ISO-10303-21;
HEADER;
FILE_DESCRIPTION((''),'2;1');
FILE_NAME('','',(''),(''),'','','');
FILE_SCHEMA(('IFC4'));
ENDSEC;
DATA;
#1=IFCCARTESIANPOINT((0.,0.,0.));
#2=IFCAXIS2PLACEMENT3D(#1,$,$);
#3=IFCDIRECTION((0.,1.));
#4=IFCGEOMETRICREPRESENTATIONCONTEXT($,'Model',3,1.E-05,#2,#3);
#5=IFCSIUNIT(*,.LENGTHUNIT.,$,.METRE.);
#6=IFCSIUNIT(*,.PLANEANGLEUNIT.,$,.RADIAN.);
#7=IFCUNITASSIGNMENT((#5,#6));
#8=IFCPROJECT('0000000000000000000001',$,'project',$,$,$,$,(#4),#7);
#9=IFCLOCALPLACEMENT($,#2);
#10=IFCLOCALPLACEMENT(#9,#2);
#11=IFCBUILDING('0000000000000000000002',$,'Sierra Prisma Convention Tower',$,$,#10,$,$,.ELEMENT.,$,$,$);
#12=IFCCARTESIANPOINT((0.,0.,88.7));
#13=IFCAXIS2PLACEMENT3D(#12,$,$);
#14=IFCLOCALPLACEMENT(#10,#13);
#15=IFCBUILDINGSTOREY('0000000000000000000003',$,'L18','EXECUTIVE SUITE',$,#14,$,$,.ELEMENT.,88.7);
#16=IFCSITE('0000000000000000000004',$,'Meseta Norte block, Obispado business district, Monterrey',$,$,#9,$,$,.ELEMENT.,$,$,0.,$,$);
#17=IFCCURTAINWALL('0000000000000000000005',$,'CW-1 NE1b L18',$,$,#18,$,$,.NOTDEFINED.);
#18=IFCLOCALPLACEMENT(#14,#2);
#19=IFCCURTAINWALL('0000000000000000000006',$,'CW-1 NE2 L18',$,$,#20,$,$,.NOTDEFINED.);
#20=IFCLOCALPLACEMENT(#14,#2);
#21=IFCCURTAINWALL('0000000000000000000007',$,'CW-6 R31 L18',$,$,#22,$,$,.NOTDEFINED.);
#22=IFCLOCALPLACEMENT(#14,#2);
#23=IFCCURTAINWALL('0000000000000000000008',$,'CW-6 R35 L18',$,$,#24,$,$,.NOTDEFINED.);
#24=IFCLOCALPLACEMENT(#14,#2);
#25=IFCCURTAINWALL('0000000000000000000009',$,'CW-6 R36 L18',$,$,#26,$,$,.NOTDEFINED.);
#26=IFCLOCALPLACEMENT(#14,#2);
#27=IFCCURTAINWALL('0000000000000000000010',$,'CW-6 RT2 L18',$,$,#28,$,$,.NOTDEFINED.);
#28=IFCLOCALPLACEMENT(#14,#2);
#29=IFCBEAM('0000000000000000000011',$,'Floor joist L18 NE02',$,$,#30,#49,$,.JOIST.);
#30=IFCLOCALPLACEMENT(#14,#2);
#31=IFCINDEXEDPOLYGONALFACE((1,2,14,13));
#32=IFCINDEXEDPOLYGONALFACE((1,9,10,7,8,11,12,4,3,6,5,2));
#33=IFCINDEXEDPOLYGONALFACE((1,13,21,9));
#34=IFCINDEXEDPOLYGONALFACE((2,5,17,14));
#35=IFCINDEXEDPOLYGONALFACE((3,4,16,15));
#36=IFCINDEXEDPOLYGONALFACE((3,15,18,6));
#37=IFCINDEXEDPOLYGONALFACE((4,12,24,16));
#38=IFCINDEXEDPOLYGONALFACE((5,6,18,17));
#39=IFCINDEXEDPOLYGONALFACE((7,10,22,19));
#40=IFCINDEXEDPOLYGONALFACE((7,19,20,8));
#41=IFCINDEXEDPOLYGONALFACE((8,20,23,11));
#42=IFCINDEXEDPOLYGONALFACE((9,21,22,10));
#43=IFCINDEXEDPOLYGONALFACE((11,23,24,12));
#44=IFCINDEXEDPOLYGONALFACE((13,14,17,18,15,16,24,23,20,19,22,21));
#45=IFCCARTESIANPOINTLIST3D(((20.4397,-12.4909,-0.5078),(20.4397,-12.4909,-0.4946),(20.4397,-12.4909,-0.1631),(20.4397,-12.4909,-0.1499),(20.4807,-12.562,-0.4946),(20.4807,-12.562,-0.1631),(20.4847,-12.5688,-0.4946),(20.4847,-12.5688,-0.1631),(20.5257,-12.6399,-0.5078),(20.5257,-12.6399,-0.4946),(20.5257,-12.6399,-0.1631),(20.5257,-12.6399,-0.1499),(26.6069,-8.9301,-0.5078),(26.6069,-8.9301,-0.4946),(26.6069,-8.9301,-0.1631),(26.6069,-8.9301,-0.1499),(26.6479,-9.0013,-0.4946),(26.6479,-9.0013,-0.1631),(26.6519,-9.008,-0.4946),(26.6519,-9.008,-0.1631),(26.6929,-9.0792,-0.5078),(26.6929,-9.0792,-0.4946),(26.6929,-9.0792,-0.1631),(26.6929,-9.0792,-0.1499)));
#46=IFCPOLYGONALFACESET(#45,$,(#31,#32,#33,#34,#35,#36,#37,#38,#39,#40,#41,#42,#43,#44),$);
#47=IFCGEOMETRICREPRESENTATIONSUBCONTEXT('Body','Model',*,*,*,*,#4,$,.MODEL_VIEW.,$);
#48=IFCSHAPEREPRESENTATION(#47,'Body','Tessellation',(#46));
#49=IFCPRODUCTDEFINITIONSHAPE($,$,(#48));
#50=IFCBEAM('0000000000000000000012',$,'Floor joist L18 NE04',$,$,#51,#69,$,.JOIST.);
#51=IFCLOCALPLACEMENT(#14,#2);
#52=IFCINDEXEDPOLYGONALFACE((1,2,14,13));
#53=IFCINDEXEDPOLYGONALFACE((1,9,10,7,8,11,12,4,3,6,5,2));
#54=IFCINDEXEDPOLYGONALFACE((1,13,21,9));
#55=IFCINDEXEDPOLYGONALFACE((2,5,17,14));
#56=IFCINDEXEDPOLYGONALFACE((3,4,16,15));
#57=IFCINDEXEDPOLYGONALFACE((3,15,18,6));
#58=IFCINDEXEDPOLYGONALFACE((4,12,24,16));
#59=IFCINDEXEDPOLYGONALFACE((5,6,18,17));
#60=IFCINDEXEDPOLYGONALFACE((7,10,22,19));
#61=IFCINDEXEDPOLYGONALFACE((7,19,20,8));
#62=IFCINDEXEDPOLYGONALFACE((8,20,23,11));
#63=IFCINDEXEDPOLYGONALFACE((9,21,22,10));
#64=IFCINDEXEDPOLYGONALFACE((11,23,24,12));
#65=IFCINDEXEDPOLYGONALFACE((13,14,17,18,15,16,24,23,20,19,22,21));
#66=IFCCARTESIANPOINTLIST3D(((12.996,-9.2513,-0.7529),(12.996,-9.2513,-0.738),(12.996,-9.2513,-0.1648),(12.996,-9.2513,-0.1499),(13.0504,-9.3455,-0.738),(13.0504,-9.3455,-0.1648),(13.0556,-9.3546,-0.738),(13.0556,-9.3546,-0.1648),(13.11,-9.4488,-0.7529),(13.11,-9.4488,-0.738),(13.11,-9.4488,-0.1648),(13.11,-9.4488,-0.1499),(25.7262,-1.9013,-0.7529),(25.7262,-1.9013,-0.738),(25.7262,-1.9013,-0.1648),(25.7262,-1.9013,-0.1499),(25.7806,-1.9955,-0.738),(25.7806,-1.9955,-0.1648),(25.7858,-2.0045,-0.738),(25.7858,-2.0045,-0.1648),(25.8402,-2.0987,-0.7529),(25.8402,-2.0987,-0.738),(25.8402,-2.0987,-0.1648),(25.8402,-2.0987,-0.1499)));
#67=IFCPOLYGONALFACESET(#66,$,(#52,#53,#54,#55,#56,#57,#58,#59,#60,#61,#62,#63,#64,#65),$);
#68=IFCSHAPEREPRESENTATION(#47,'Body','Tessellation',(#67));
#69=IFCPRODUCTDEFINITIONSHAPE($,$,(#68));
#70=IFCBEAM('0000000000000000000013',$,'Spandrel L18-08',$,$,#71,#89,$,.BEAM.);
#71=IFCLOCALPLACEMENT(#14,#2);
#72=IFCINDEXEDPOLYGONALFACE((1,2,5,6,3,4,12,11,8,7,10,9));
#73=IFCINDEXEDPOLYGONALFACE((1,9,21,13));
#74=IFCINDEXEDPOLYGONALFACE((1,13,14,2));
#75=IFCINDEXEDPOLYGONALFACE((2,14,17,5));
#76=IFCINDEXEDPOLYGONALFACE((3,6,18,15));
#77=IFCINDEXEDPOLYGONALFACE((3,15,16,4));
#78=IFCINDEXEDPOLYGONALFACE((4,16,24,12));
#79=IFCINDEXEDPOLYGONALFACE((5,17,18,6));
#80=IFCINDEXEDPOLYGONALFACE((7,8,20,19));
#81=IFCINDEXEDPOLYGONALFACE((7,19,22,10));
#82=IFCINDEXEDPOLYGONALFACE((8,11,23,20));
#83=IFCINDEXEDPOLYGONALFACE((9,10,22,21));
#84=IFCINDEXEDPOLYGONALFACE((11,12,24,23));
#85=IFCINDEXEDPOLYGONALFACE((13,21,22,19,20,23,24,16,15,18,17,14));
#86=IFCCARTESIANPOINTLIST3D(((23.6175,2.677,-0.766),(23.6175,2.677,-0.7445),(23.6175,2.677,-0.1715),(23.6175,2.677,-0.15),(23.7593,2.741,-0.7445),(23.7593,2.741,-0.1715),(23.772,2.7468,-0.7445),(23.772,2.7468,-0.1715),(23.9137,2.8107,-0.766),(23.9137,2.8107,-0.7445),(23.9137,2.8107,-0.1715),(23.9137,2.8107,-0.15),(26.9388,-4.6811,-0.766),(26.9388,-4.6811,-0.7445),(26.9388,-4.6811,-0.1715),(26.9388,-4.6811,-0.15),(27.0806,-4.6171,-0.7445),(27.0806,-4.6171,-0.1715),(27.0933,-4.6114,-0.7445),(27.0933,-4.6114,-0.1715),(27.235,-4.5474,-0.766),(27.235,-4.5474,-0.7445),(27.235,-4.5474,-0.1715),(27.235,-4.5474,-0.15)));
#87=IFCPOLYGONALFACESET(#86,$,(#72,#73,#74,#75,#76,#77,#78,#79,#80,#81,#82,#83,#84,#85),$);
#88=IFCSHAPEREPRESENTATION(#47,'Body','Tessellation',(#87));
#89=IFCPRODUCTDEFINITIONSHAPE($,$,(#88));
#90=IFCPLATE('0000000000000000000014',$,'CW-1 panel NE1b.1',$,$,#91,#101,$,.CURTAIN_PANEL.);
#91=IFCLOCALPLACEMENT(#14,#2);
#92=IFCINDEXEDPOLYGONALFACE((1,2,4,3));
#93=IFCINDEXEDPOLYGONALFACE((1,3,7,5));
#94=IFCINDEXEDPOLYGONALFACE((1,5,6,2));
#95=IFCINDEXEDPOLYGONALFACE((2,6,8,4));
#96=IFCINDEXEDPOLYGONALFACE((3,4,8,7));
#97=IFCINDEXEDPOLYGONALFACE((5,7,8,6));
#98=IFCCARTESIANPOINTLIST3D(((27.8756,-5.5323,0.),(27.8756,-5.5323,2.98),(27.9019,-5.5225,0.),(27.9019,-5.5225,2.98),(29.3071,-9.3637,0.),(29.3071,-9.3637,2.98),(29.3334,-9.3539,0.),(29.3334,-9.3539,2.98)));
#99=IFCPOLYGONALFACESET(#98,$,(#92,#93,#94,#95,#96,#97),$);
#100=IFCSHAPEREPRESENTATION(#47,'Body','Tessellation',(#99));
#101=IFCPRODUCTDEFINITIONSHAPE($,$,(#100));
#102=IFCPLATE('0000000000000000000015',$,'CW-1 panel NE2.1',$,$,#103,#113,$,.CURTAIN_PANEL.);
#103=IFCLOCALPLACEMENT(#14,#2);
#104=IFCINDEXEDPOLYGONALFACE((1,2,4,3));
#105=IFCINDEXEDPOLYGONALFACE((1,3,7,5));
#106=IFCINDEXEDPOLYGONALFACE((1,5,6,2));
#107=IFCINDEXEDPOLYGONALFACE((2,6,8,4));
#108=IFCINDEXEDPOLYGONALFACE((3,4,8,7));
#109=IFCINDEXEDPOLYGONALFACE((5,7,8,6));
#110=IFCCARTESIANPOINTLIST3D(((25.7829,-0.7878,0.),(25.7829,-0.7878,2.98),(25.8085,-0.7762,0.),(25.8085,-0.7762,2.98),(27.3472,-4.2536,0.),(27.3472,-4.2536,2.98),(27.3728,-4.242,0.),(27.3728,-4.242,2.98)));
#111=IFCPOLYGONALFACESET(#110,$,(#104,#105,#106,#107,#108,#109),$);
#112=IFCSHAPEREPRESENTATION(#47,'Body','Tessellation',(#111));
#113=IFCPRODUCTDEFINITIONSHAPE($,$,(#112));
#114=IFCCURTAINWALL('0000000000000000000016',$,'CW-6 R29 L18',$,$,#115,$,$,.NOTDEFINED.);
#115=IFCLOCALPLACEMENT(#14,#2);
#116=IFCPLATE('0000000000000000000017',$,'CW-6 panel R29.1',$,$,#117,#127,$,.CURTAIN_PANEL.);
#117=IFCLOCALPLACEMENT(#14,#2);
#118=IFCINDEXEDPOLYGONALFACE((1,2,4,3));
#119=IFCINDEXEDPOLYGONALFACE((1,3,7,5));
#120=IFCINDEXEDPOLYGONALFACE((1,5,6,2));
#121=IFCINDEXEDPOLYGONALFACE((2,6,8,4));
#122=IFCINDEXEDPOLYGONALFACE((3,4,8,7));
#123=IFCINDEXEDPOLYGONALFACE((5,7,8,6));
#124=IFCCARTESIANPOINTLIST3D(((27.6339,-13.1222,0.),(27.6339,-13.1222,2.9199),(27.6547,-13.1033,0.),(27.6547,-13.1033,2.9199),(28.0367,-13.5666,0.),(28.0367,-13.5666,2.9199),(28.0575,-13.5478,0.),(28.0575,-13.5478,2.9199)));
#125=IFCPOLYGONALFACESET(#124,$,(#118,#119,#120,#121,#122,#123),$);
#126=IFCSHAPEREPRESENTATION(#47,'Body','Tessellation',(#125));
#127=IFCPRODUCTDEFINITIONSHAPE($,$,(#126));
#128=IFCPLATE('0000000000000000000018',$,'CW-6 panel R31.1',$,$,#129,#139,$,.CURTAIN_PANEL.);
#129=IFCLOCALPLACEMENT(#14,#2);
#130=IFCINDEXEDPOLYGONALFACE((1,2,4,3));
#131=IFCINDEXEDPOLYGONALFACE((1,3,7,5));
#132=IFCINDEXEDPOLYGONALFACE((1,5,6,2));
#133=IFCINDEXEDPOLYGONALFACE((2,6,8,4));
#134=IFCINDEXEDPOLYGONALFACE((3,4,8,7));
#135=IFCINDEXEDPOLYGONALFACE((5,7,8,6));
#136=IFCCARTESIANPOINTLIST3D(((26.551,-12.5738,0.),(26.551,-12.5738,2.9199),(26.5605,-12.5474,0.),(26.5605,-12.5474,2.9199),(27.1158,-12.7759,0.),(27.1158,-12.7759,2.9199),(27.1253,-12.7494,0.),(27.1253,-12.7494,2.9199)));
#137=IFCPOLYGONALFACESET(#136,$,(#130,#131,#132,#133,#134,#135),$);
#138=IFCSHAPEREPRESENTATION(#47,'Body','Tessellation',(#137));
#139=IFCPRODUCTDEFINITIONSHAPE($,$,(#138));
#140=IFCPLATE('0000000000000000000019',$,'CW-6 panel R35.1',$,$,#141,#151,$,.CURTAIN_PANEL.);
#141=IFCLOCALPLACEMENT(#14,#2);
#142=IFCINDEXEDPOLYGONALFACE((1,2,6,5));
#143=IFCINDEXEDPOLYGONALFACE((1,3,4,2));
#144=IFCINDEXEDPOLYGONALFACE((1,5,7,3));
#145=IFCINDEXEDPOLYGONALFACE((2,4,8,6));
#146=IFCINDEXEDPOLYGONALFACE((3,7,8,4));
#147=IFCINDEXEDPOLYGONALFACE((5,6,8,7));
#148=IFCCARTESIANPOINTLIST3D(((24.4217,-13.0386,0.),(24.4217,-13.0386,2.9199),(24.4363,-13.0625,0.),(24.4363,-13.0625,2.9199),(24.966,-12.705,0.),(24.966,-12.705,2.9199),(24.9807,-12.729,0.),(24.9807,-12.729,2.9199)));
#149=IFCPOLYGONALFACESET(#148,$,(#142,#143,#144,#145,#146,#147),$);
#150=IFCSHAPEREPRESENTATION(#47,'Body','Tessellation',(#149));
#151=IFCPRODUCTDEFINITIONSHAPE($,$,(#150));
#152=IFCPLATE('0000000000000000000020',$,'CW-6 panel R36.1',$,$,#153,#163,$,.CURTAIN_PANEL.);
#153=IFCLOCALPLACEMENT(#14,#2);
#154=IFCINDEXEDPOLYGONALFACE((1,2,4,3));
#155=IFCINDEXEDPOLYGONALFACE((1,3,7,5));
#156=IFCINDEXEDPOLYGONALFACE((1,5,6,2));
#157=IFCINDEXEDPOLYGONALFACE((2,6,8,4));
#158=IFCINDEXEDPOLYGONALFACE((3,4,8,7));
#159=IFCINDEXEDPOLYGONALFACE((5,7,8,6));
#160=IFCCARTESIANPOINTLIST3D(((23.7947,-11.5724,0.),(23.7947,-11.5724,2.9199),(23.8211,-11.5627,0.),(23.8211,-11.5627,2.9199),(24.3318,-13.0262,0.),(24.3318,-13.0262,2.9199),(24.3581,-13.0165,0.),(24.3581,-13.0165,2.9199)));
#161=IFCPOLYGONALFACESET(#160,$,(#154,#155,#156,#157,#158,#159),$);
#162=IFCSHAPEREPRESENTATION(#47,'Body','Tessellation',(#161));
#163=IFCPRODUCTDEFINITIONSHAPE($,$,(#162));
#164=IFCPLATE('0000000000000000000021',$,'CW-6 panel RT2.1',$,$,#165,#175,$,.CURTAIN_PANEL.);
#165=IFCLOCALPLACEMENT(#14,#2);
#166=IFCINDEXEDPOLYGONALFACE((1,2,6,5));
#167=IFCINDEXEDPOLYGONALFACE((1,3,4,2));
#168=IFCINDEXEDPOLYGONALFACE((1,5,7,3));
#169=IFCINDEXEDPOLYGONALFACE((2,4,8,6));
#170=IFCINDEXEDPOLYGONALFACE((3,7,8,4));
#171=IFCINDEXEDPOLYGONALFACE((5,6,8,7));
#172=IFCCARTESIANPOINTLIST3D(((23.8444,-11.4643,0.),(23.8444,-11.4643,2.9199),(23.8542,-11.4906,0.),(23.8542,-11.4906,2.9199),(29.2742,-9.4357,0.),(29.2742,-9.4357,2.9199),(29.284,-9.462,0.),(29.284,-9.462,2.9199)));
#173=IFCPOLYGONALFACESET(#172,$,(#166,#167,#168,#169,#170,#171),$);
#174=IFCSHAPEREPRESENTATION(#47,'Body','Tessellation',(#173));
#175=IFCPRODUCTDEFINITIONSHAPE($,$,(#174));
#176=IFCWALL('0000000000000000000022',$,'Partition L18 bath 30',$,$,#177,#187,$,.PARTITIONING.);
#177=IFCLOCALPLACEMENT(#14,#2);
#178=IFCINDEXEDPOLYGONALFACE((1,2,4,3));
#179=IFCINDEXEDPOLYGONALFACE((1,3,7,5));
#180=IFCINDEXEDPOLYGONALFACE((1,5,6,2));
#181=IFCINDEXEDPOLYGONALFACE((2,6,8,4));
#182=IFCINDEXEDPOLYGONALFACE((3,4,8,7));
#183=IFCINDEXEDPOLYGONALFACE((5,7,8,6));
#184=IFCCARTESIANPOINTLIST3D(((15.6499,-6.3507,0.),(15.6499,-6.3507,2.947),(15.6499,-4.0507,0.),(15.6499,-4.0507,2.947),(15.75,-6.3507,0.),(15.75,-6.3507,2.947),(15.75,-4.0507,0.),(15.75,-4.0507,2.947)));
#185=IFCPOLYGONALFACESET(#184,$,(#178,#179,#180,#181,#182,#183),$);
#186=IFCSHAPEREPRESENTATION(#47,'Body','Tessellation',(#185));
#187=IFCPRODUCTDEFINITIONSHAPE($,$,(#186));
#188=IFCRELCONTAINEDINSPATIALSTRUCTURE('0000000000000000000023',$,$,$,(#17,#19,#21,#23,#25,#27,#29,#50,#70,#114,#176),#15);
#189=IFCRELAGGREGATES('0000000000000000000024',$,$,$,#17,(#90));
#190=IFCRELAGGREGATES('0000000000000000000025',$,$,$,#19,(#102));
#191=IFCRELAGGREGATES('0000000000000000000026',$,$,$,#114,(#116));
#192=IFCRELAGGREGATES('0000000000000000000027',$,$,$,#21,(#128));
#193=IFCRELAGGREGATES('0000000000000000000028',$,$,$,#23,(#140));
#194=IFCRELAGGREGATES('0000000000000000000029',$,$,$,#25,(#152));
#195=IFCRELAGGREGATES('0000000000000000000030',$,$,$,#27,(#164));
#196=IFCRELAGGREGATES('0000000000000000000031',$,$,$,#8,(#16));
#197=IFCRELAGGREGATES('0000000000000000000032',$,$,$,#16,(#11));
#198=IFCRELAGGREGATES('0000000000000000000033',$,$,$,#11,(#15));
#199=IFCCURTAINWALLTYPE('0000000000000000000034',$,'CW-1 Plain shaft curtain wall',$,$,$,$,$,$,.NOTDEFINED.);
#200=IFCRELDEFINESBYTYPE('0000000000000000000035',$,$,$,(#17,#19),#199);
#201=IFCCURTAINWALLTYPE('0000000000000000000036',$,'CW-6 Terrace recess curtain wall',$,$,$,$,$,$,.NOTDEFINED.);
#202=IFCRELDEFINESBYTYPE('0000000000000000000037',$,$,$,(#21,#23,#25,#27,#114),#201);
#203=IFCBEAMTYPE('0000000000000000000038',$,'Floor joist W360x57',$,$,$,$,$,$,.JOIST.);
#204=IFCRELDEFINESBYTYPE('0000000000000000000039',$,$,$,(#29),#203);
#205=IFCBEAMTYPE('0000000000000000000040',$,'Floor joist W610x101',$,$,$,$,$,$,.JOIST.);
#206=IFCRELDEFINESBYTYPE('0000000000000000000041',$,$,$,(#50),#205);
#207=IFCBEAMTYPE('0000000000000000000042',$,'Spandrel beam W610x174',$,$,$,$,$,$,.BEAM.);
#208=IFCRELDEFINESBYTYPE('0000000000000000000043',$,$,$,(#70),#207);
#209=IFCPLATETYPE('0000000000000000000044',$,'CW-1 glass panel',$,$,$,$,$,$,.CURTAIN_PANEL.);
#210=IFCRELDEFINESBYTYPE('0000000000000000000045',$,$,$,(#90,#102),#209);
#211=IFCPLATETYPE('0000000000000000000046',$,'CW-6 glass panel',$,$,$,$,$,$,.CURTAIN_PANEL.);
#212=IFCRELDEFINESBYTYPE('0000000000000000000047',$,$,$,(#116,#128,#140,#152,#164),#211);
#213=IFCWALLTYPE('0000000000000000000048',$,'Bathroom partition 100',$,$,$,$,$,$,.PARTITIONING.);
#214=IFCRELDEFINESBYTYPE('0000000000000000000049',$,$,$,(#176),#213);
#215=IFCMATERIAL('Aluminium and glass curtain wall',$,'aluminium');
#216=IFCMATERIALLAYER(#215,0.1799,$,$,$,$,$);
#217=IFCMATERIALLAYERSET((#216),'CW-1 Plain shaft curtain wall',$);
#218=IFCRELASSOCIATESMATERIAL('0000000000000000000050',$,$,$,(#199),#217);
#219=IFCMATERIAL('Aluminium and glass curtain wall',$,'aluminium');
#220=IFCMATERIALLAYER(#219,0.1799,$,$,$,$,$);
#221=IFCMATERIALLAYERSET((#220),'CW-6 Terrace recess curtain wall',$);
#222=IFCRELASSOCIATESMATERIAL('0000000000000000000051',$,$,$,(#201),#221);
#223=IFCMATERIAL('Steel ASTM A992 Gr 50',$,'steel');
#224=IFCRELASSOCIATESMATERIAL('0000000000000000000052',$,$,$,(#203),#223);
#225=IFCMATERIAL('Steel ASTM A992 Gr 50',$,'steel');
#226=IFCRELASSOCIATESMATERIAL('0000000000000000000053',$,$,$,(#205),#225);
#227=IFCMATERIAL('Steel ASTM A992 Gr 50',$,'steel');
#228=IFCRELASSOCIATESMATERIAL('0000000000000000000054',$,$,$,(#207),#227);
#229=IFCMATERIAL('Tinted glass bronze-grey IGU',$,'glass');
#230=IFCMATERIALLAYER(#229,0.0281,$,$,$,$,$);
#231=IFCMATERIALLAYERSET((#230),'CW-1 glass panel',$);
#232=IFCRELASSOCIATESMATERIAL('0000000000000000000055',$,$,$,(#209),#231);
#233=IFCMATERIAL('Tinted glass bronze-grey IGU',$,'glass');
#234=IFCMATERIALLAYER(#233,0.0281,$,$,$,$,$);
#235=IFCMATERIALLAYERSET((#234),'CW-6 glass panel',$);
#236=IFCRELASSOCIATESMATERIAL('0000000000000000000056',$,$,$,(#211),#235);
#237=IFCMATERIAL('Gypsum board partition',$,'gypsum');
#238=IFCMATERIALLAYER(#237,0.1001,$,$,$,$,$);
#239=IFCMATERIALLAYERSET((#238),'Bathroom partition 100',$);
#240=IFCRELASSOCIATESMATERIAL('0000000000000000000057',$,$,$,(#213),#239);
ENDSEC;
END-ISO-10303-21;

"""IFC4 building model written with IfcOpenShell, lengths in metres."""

from ifc_helpers import new_model, si_unit, direction, frame, frame_2d, origin, origin_2d, place, context, subcontext, project, spatial, rectangle, i_section, extrude, material, layer, layer_set, material_profile, profile_set, type_object, element, aggregate, save


model = new_model("IFC4")

# Units and contexts
model_context = context("Model", 3, precision=1e-05, world=origin(), true_north=direction((0.0, 1.0)))
body_context = subcontext(model_context, "Body", "Model", "MODEL_VIEW")
ifc_project = project(units=[si_unit("LENGTHUNIT", "METRE"), si_unit("PLANEANGLEUNIT", "RADIAN")], contexts=[model_context])

# Site, building, storey
site_placement = place(None, origin())
site = spatial("IfcSite", under=ifc_project, at=site_placement, Name="Meseta Norte block, Obispado business district, Monterrey", CompositionType="ELEMENT", RefElevation=0.0)
building_placement = place(site_placement, origin())
building = spatial("IfcBuilding", under=site, at=building_placement, Name="Sierra Prisma Convention Tower", CompositionType="ELEMENT")
storey_placement = place(building_placement, frame((0.0, 0.0, 88.7)))
storey = spatial("IfcBuildingStorey", under=building, at=storey_placement, Name="L18", Description="EXECUTIVE SUITE", CompositionType="ELEMENT", Elevation=88.7)

# Curtain walls
ifc_material_1 = material(Name="Aluminium and glass curtain wall", Category="aluminium")
ifc_layer_1 = layer(ifc_material_1, 0.1799)
ifc_layer_set_1 = layer_set([ifc_layer_1], Name="CW-1 Plain shaft curtain wall")
curtain_wall_type_1 = type_object("IfcCurtainWallType", Name="CW-1 Plain shaft curtain wall", PredefinedType="NOTDEFINED", material=ifc_layer_set_1)
curtain_wall_1_placement = place(storey_placement, origin())
curtain_wall_1 = element("IfcCurtainWall", 1, at=curtain_wall_1_placement, inside=storey, type_object=curtain_wall_type_1, Name="CW-1 NE1b L18", PredefinedType="NOTDEFINED")
curtain_wall_2_placement = place(storey_placement, origin())
curtain_wall_2 = element("IfcCurtainWall", 2, at=curtain_wall_2_placement, inside=storey, type_object=curtain_wall_type_1, Name="CW-1 NE2 L18", PredefinedType="NOTDEFINED")
ifc_material_2 = material(Name="Aluminium and glass curtain wall", Category="aluminium")
ifc_layer_2 = layer(ifc_material_2, 0.1799)
ifc_layer_set_2 = layer_set([ifc_layer_2], Name="CW-6 Terrace recess curtain wall")
curtain_wall_type_2 = type_object("IfcCurtainWallType", Name="CW-6 Terrace recess curtain wall", PredefinedType="NOTDEFINED", material=ifc_layer_set_2)
curtain_wall_3_placement = place(storey_placement, origin())
curtain_wall_3 = element("IfcCurtainWall", 3, at=curtain_wall_3_placement, inside=storey, type_object=curtain_wall_type_2, Name="CW-6 R31 L18", PredefinedType="NOTDEFINED")
curtain_wall_4_placement = place(storey_placement, origin())
curtain_wall_4 = element("IfcCurtainWall", 4, at=curtain_wall_4_placement, inside=storey, type_object=curtain_wall_type_2, Name="CW-6 R35 L18", PredefinedType="NOTDEFINED")

# Curtain wall
curtain_wall_5_placement = place(storey_placement, origin())
curtain_wall_5 = element("IfcCurtainWall", 5, at=curtain_wall_5_placement, inside=storey, type_object=curtain_wall_type_2, Name="CW-6 R36 L18", PredefinedType="NOTDEFINED")

# Curtain wall
curtain_wall_6_placement = place(storey_placement, origin())
curtain_wall_6 = element("IfcCurtainWall", 6, at=curtain_wall_6_placement, inside=storey, type_object=curtain_wall_type_2, Name="CW-6 RT2 L18", PredefinedType="NOTDEFINED")

# Beams
ifc_material_3 = material(Name="Steel ASTM A992 Gr 50", Category="steel")
ifc_material_profile_1 = material_profile(ifc_material_3, i_section(OverallWidth=0.1721, OverallDepth=0.3579, WebThickness=0.0078, FlangeThickness=0.0132, at=origin_2d()), Name="W360x57")
ifc_profile_set_1 = profile_set([ifc_material_profile_1], Name="Steel ASTM A992 Gr 50")
beam_type_1 = type_object("IfcBeamType", Name="Floor joist W360x57", PredefinedType="JOIST", material=ifc_profile_set_1)
beam_1_placement = place(storey_placement, frame((26.6499, -9.0046, -0.3289), z_axis=(-0.866017, -0.500014, 0.0), x_axis=(0.500014, -0.866017, 0.0)))
element("IfcBeam", 7, at=beam_1_placement, inside=storey, type_object=beam_type_1, Name="Floor joist L18 NE02", PredefinedType="JOIST", context=body_context, shape_type="SweptSolid", body=[
    extrude(i_section(OverallWidth=0.1721, OverallDepth=0.3579, WebThickness=0.0078, FlangeThickness=0.0132, at=origin_2d()), origin(), (0.0, 0.0, 1.0), 7.1213),
])
ifc_material_4 = material(Name="Steel ASTM A992 Gr 50", Category="steel")
ifc_material_profile_2 = material_profile(ifc_material_4, i_section(OverallWidth=0.228, OverallDepth=0.603, WebThickness=0.0105, FlangeThickness=0.0149, at=origin_2d()), Name="W610x101")
ifc_profile_set_2 = profile_set([ifc_material_profile_2], Name="Steel ASTM A992 Gr 50")
beam_type_2 = type_object("IfcBeamType", Name="Floor joist W610x101", PredefinedType="JOIST", material=ifc_profile_set_2)
beam_2_placement = place(storey_placement, frame((25.7832, -2.0, -0.4514), z_axis=(-0.866017, -0.500015, 0.0), x_axis=(0.500015, -0.866017, 0.0)))
element("IfcBeam", 8, at=beam_2_placement, inside=storey, type_object=beam_type_2, Name="Floor joist L18 NE04", PredefinedType="JOIST", context=body_context, shape_type="SweptSolid", body=[
    extrude(i_section(OverallWidth=0.228, OverallDepth=0.603, WebThickness=0.0105, FlangeThickness=0.0149, at=origin_2d()), origin(), (0.0, 0.0, 1.0), 14.6997),
])
ifc_material_5 = material(Name="Steel ASTM A992 Gr 50", Category="steel")
ifc_material_profile_3 = material_profile(ifc_material_5, i_section(OverallWidth=0.325, OverallDepth=0.616, WebThickness=0.0139, FlangeThickness=0.0215, at=origin_2d()), Name="W610x174")
ifc_profile_set_3 = profile_set([ifc_material_profile_3], Name="Steel ASTM A992 Gr 50")
beam_type_3 = type_object("IfcBeamType", Name="Spandrel beam W610x174", PredefinedType="BEAM", material=ifc_profile_set_3)
beam_3_placement = place(storey_placement, frame((27.0869, -4.6143, -0.458), z_axis=(-0.411407, 0.911452, 0.0), x_axis=(-0.911452, -0.411407, 0.0)))
element("IfcBeam", 9, at=beam_3_placement, inside=storey, type_object=beam_type_3, Name="Spandrel L18-08", PredefinedType="BEAM", context=body_context, shape_type="SweptSolid", body=[
    extrude(i_section(OverallWidth=0.325, OverallDepth=0.616, WebThickness=0.0139, FlangeThickness=0.0215, at=origin_2d()), origin(), (0.0, 0.0, 1.0), 8.073),
])

# Plates
ifc_material_6 = material(Name="Tinted glass bronze-grey IGU", Category="glass")
ifc_layer_3 = layer(ifc_material_6, 0.0281)
ifc_layer_set_3 = layer_set([ifc_layer_3], Name="CW-1 glass panel")
plate_type_1 = type_object("IfcPlateType", Name="CW-1 glass panel", PredefinedType="CURTAIN_PANEL", material=ifc_layer_set_3)
plate_1_placement = place(storey_placement, frame((28.6045, -7.4431, 0.0), z_axis=(0.0, 0.0, 1.0), x_axis=(-0.349981, 0.936757, 0.0)))
plate_1 = element("IfcPlate", 10, at=plate_1_placement, type_object=plate_type_1, Name="CW-1 panel NE1b.1", PredefinedType="CURTAIN_PANEL", context=body_context, shape_type="SweptSolid", body=[
    extrude(rectangle(XDim=4.0901, YDim=0.0281, at=origin_2d()), origin(), (0.0, 0.0, 1.0), 2.98),
])
aggregate(curtain_wall_1, [plate_1])
plate_2_placement = place(storey_placement, frame((26.5779, -2.5149, 0.0), z_axis=(0.0, 0.0, 1.0), x_axis=(-0.411382, 0.911463, 0.0)))
plate_2 = element("IfcPlate", 11, at=plate_2_placement, type_object=plate_type_1, Name="CW-1 panel NE2.1", PredefinedType="CURTAIN_PANEL", context=body_context, shape_type="SweptSolid", body=[
    extrude(rectangle(XDim=3.8025, YDim=0.0281, at=origin_2d()), origin(), (0.0, 0.0, 1.0), 2.98),
])
aggregate(curtain_wall_2, [plate_2])

# Curtain wall, plate
curtain_wall_7_placement = place(storey_placement, origin())
curtain_wall_7 = element("IfcCurtainWall", 12, at=curtain_wall_7_placement, inside=storey, type_object=curtain_wall_type_2, Name="CW-6 R29 L18", PredefinedType="NOTDEFINED")
ifc_material_7 = material(Name="Tinted glass bronze-grey IGU", Category="glass")
ifc_layer_4 = layer(ifc_material_7, 0.0281)
ifc_layer_set_4 = layer_set([ifc_layer_4], Name="CW-6 glass panel")
plate_type_2 = type_object("IfcPlateType", Name="CW-6 glass panel", PredefinedType="CURTAIN_PANEL", material=ifc_layer_set_4)
plate_3_placement = place(storey_placement, frame((27.8457, -13.335, 0.0), z_axis=(0.0, 0.0, 1.0), x_axis=(-0.671559, 0.740951, 0.0)))
plate_3 = element("IfcPlate", 13, at=plate_3_placement, type_object=plate_type_2, Name="CW-6 panel R29.1", PredefinedType="CURTAIN_PANEL", context=body_context, shape_type="SweptSolid", body=[
    extrude(rectangle(XDim=0.5999, YDim=0.0281, at=origin_2d()), origin(), (0.0, 0.0, 1.0), 2.9199),
])
aggregate(curtain_wall_7, [plate_3])

# Plates
plate_4_placement = place(storey_placement, frame((26.8381, -12.6616, 0.0), z_axis=(0.0, 0.0, 1.0), x_axis=(-0.941544, 0.33689, 0.0)))
plate_4 = element("IfcPlate", 14, at=plate_4_placement, type_object=plate_type_2, Name="CW-6 panel R31.1", PredefinedType="CURTAIN_PANEL", context=body_context, shape_type="SweptSolid", body=[
    extrude(rectangle(XDim=0.5999, YDim=0.0281, at=origin_2d()), origin(), (0.0, 0.0, 1.0), 2.9199),
])
aggregate(curtain_wall_3, [plate_4])
plate_5_placement = place(storey_placement, frame((24.7012, -12.8838, 0.0), z_axis=(0.0, 0.0, 1.0), x_axis=(-0.852642, -0.522495, 0.0)))
plate_5 = element("IfcPlate", 15, at=plate_5_placement, type_object=plate_type_2, Name="CW-6 panel R35.1", PredefinedType="CURTAIN_PANEL", context=body_context, shape_type="SweptSolid", body=[
    extrude(rectangle(XDim=0.6384, YDim=0.0281, at=origin_2d()), origin(), (0.0, 0.0, 1.0), 2.9199),
])
aggregate(curtain_wall_4, [plate_5])
plate_6_placement = place(storey_placement, frame((24.0764, -12.2944, 0.0), z_axis=(0.0, 0.0, 1.0), x_axis=(-0.346537, 0.938036, 0.0)))
plate_6 = element("IfcPlate", 16, at=plate_6_placement, type_object=plate_type_2, Name="CW-6 panel R36.1", PredefinedType="CURTAIN_PANEL", context=body_context, shape_type="SweptSolid", body=[
    extrude(rectangle(XDim=1.5498, YDim=0.0281, at=origin_2d()), origin(), (0.0, 0.0, 1.0), 2.9199),
])
aggregate(curtain_wall_5, [plate_6])
plate_7_placement = place(storey_placement, frame((26.5642, -10.4631, 0.0), z_axis=(0.0, 0.0, 1.0), x_axis=(0.936757, 0.349981, 0.0)))
plate_7 = element("IfcPlate", 17, at=plate_7_placement, type_object=plate_type_2, Name="CW-6 panel RT2.1", PredefinedType="CURTAIN_PANEL", context=body_context, shape_type="SweptSolid", body=[
    extrude(rectangle(XDim=5.7964, YDim=0.0281, at=origin_2d()), origin(), (0.0, 0.0, 1.0), 2.9199),
])
aggregate(curtain_wall_6, [plate_7])

# Wall
ifc_material_8 = material(Name="Gypsum board partition", Category="gypsum")
ifc_layer_5 = layer(ifc_material_8, 0.1001)
ifc_layer_set_5 = layer_set([ifc_layer_5], Name="Bathroom partition 100")
wall_type_1 = type_object("IfcWallType", Name="Bathroom partition 100", PredefinedType="PARTITIONING", material=ifc_layer_set_5)
wall_1_placement = place(storey_placement, frame((15.7, -4.0508, 0.0), z_axis=(0.0, 0.0, 1.0), x_axis=(0.0, -1.0, 0.0)))
element("IfcWall", 18, at=wall_1_placement, inside=storey, type_object=wall_type_1, Name="Partition L18 bath 30", PredefinedType="PARTITIONING", context=body_context, shape_type="SweptSolid", body=[
    extrude(rectangle(XDim=2.3, YDim=0.1001, at=frame_2d((1.1499, 0.0))), origin(), (0.0, 0.0, 1.0), 2.947),
])

save(model, "model.ifc")
